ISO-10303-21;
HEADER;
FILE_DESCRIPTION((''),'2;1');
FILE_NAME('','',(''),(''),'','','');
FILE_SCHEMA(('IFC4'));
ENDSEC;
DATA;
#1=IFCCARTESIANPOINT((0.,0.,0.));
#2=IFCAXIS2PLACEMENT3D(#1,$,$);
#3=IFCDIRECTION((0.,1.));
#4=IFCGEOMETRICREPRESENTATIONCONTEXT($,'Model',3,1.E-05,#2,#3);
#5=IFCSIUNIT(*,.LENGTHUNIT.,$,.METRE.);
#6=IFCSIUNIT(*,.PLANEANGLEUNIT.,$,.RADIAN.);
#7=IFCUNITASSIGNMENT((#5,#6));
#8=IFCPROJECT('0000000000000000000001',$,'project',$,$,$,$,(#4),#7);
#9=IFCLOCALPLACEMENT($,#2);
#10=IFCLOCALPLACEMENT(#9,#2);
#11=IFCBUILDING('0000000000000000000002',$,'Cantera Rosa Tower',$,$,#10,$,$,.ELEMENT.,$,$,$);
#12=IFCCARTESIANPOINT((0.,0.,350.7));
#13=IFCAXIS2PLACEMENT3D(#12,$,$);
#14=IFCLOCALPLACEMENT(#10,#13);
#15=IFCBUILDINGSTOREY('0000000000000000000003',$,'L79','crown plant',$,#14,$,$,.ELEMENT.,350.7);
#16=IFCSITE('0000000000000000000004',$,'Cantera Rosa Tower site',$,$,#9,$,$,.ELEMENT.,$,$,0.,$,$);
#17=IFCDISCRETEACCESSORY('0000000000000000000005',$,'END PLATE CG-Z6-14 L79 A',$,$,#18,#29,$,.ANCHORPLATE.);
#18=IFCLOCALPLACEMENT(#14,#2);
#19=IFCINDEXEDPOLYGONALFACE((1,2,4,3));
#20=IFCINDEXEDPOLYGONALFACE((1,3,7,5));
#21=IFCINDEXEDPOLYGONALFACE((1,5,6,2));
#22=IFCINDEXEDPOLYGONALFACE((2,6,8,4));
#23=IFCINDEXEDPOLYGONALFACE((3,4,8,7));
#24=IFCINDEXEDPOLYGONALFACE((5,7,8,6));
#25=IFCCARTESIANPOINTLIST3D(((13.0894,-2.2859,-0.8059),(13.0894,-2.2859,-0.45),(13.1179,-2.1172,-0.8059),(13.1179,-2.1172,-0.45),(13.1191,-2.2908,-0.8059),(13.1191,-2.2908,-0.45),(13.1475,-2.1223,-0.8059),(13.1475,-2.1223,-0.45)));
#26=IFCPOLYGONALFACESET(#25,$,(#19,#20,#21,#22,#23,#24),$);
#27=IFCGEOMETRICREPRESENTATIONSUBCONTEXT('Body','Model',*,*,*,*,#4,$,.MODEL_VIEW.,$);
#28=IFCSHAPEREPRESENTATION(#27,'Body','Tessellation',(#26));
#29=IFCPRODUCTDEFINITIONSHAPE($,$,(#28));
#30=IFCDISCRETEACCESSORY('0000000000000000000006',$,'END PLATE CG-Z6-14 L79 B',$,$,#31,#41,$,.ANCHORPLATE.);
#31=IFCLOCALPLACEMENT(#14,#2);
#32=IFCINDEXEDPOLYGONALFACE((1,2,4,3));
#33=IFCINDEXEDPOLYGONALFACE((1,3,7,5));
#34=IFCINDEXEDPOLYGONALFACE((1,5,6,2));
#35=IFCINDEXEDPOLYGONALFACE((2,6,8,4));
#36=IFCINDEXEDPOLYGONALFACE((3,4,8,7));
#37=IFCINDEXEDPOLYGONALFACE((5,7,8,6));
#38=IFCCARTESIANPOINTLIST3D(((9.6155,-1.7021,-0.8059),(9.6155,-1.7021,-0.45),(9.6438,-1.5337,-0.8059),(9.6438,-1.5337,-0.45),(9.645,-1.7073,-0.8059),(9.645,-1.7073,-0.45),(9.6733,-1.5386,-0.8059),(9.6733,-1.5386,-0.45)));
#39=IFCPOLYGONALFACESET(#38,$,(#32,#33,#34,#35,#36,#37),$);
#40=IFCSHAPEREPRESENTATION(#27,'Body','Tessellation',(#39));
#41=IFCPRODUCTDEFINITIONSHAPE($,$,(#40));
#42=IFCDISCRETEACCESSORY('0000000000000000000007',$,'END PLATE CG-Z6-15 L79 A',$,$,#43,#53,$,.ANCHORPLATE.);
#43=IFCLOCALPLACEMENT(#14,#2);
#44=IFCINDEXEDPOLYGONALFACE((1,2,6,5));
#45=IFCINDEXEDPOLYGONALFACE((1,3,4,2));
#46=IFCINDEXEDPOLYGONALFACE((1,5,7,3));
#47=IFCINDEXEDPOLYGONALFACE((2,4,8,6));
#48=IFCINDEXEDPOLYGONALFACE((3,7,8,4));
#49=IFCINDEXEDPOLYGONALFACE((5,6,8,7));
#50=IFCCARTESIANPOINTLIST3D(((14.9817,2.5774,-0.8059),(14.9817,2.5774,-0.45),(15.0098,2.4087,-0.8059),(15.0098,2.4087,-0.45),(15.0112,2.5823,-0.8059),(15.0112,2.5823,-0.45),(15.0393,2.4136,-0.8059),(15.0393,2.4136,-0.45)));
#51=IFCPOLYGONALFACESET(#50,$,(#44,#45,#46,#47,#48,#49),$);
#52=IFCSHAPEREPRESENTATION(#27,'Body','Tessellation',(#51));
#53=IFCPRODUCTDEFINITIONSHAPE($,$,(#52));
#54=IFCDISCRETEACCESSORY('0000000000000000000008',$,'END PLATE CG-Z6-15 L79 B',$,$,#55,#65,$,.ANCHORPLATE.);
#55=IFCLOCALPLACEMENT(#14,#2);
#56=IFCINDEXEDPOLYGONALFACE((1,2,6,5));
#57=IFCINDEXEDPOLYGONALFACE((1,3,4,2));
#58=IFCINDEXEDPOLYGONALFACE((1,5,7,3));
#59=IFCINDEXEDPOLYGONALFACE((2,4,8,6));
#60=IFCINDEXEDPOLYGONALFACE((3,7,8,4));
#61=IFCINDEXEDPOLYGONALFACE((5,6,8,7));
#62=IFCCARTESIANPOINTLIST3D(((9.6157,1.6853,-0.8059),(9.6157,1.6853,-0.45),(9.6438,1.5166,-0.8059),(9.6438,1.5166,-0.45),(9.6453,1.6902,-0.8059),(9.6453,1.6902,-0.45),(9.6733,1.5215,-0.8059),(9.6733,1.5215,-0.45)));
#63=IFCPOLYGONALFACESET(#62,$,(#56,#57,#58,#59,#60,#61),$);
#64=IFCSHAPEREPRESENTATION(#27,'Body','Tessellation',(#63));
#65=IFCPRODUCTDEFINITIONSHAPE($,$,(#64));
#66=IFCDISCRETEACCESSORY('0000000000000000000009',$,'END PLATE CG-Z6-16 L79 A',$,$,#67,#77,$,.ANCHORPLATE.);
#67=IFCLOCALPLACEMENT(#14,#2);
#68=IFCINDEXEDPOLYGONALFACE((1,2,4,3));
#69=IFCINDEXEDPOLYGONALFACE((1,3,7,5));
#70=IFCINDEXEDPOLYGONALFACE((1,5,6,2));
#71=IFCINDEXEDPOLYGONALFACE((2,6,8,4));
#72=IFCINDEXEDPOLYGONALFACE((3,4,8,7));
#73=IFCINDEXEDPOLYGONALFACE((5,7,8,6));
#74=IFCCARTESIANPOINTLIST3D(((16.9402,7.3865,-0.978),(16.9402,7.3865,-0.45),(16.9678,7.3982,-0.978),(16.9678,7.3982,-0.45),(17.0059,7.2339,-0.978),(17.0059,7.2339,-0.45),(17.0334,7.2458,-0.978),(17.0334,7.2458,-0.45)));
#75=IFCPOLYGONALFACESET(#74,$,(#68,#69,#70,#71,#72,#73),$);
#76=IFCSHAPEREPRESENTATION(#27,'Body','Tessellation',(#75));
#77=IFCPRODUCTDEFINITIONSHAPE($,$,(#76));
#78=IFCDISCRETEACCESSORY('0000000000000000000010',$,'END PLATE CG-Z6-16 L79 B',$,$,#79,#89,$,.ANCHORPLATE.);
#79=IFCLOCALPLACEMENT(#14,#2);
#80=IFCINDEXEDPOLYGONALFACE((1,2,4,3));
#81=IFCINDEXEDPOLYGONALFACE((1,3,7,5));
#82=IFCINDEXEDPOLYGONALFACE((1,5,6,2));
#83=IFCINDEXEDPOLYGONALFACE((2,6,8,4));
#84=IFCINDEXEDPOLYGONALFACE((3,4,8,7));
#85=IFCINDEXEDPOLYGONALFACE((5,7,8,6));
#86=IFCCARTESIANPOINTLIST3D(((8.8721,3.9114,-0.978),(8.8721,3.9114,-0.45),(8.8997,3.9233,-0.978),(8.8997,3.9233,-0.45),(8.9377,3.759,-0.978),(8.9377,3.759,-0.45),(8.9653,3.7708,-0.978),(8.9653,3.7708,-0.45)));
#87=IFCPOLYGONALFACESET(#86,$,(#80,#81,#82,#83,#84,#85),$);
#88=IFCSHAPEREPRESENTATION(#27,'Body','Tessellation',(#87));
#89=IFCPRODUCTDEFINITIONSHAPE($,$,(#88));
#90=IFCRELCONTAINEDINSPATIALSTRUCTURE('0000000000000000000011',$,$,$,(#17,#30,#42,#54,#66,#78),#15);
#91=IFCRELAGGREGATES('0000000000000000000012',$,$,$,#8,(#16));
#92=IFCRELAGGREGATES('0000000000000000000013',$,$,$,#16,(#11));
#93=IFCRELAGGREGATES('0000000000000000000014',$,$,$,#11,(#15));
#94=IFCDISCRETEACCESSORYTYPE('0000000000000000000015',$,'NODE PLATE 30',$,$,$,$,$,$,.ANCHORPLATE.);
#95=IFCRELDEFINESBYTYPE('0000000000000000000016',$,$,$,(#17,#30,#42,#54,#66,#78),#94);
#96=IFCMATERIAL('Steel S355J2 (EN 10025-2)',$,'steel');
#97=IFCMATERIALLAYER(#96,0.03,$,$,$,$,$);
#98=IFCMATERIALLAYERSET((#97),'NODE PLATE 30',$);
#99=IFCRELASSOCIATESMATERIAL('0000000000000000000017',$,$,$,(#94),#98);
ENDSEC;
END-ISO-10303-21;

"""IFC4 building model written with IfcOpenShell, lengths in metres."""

from ifc_helpers import new_model, si_unit, direction, frame, origin, place, context, subcontext, project, spatial, polyline, outline, extrude, material, layer, layer_set, type_object, element, save


model = new_model("IFC4")

# Units and contexts
model_context = context("Model", 3, precision=1e-05, world=origin(), true_north=direction((0.0, 1.0)))
body_context = subcontext(model_context, "Body", "Model", "MODEL_VIEW")
ifc_project = project(units=[si_unit("LENGTHUNIT", "METRE"), si_unit("PLANEANGLEUNIT", "RADIAN")], contexts=[model_context])

# Site, building, storey
site_placement = place(None, origin())
site = spatial("IfcSite", under=ifc_project, at=site_placement, Name="Cantera Rosa Tower site", CompositionType="ELEMENT", RefElevation=0.0)
building_placement = place(site_placement, origin())
building = spatial("IfcBuilding", under=site, at=building_placement, Name="Cantera Rosa Tower", CompositionType="ELEMENT")
storey_placement = place(building_placement, frame((0.0, 0.0, 350.7)))
storey = spatial("IfcBuildingStorey", under=building, at=storey_placement, Name="L79", Description="crown plant", CompositionType="ELEMENT", Elevation=350.7)

# Discrete accessories
ifc_material_1 = material(Name="Steel S355J2 (EN 10025-2)", Category="steel")
ifc_layer_1 = layer(ifc_material_1, 0.03)
ifc_layer_set_1 = layer_set([ifc_layer_1], Name="NODE PLATE 30")
discrete_accessory_type = type_object("IfcDiscreteAccessoryType", Name="NODE PLATE 30", PredefinedType="ANCHORPLATE", material=ifc_layer_set_1)
discrete_accessory_1_placement = place(storey_placement, frame((0.0, 0.0, -0.8059)))
element("IfcDiscreteAccessory", 1, at=discrete_accessory_1_placement, inside=storey, type_object=discrete_accessory_type, Name="END PLATE CG-Z6-14 L79 A", PredefinedType="ANCHORPLATE", context=body_context, shape_type="SweptSolid", body=[
    extrude(outline(polyline([(13.1179, -2.1172), (13.1475, -2.1223), (13.1191, -2.2908), (13.0894, -2.2859), (13.1179, -2.1172)])), origin(), (0.0, 0.0, 1.0), 0.356),
])
discrete_accessory_2_placement = place(storey_placement, frame((0.0, 0.0, -0.8059)))
element("IfcDiscreteAccessory", 2, at=discrete_accessory_2_placement, inside=storey, type_object=discrete_accessory_type, Name="END PLATE CG-Z6-14 L79 B", PredefinedType="ANCHORPLATE", context=body_context, shape_type="SweptSolid", body=[
    extrude(outline(polyline([(9.645, -1.7073), (9.6155, -1.7021), (9.6438, -1.5337), (9.6733, -1.5386), (9.645, -1.7073)])), origin(), (0.0, 0.0, 1.0), 0.356),
])
discrete_accessory_3_placement = place(storey_placement, frame((0.0, 0.0, -0.8059)))
element("IfcDiscreteAccessory", 3, at=discrete_accessory_3_placement, inside=storey, type_object=discrete_accessory_type, Name="END PLATE CG-Z6-15 L79 A", PredefinedType="ANCHORPLATE", context=body_context, shape_type="SweptSolid", body=[
    extrude(outline(polyline([(14.9817, 2.5774), (15.0112, 2.5823), (15.0393, 2.4136), (15.0098, 2.4087), (14.9817, 2.5774)])), origin(), (0.0, 0.0, 1.0), 0.356),
])
discrete_accessory_4_placement = place(storey_placement, frame((0.0, 0.0, -0.8059)))
element("IfcDiscreteAccessory", 4, at=discrete_accessory_4_placement, inside=storey, type_object=discrete_accessory_type, Name="END PLATE CG-Z6-15 L79 B", PredefinedType="ANCHORPLATE", context=body_context, shape_type="SweptSolid", body=[
    extrude(outline(polyline([(9.6733, 1.5215), (9.6438, 1.5166), (9.6157, 1.6853), (9.6453, 1.6902), (9.6733, 1.5215)])), origin(), (0.0, 0.0, 1.0), 0.356),
])
discrete_accessory_5_placement = place(storey_placement, frame((0.0, 0.0, -0.978)))
element("IfcDiscreteAccessory", 5, at=discrete_accessory_5_placement, inside=storey, type_object=discrete_accessory_type, Name="END PLATE CG-Z6-16 L79 A", PredefinedType="ANCHORPLATE", context=body_context, shape_type="SweptSolid", body=[
    extrude(outline(polyline([(16.9402, 7.3865), (16.9678, 7.3982), (17.0334, 7.2458), (17.0059, 7.2339), (16.9402, 7.3865)])), origin(), (0.0, 0.0, 1.0), 0.5281),
])
discrete_accessory_6_placement = place(storey_placement, frame((0.0, 0.0, -0.978)))
element("IfcDiscreteAccessory", 6, at=discrete_accessory_6_placement, inside=storey, type_object=discrete_accessory_type, Name="END PLATE CG-Z6-16 L79 B", PredefinedType="ANCHORPLATE", context=body_context, shape_type="SweptSolid", body=[
    extrude(outline(polyline([(8.9653, 3.7708), (8.9377, 3.759), (8.8721, 3.9114), (8.8997, 3.9233), (8.9653, 3.7708)])), origin(), (0.0, 0.0, 1.0), 0.5281),
])

save(model, "model.ifc")
